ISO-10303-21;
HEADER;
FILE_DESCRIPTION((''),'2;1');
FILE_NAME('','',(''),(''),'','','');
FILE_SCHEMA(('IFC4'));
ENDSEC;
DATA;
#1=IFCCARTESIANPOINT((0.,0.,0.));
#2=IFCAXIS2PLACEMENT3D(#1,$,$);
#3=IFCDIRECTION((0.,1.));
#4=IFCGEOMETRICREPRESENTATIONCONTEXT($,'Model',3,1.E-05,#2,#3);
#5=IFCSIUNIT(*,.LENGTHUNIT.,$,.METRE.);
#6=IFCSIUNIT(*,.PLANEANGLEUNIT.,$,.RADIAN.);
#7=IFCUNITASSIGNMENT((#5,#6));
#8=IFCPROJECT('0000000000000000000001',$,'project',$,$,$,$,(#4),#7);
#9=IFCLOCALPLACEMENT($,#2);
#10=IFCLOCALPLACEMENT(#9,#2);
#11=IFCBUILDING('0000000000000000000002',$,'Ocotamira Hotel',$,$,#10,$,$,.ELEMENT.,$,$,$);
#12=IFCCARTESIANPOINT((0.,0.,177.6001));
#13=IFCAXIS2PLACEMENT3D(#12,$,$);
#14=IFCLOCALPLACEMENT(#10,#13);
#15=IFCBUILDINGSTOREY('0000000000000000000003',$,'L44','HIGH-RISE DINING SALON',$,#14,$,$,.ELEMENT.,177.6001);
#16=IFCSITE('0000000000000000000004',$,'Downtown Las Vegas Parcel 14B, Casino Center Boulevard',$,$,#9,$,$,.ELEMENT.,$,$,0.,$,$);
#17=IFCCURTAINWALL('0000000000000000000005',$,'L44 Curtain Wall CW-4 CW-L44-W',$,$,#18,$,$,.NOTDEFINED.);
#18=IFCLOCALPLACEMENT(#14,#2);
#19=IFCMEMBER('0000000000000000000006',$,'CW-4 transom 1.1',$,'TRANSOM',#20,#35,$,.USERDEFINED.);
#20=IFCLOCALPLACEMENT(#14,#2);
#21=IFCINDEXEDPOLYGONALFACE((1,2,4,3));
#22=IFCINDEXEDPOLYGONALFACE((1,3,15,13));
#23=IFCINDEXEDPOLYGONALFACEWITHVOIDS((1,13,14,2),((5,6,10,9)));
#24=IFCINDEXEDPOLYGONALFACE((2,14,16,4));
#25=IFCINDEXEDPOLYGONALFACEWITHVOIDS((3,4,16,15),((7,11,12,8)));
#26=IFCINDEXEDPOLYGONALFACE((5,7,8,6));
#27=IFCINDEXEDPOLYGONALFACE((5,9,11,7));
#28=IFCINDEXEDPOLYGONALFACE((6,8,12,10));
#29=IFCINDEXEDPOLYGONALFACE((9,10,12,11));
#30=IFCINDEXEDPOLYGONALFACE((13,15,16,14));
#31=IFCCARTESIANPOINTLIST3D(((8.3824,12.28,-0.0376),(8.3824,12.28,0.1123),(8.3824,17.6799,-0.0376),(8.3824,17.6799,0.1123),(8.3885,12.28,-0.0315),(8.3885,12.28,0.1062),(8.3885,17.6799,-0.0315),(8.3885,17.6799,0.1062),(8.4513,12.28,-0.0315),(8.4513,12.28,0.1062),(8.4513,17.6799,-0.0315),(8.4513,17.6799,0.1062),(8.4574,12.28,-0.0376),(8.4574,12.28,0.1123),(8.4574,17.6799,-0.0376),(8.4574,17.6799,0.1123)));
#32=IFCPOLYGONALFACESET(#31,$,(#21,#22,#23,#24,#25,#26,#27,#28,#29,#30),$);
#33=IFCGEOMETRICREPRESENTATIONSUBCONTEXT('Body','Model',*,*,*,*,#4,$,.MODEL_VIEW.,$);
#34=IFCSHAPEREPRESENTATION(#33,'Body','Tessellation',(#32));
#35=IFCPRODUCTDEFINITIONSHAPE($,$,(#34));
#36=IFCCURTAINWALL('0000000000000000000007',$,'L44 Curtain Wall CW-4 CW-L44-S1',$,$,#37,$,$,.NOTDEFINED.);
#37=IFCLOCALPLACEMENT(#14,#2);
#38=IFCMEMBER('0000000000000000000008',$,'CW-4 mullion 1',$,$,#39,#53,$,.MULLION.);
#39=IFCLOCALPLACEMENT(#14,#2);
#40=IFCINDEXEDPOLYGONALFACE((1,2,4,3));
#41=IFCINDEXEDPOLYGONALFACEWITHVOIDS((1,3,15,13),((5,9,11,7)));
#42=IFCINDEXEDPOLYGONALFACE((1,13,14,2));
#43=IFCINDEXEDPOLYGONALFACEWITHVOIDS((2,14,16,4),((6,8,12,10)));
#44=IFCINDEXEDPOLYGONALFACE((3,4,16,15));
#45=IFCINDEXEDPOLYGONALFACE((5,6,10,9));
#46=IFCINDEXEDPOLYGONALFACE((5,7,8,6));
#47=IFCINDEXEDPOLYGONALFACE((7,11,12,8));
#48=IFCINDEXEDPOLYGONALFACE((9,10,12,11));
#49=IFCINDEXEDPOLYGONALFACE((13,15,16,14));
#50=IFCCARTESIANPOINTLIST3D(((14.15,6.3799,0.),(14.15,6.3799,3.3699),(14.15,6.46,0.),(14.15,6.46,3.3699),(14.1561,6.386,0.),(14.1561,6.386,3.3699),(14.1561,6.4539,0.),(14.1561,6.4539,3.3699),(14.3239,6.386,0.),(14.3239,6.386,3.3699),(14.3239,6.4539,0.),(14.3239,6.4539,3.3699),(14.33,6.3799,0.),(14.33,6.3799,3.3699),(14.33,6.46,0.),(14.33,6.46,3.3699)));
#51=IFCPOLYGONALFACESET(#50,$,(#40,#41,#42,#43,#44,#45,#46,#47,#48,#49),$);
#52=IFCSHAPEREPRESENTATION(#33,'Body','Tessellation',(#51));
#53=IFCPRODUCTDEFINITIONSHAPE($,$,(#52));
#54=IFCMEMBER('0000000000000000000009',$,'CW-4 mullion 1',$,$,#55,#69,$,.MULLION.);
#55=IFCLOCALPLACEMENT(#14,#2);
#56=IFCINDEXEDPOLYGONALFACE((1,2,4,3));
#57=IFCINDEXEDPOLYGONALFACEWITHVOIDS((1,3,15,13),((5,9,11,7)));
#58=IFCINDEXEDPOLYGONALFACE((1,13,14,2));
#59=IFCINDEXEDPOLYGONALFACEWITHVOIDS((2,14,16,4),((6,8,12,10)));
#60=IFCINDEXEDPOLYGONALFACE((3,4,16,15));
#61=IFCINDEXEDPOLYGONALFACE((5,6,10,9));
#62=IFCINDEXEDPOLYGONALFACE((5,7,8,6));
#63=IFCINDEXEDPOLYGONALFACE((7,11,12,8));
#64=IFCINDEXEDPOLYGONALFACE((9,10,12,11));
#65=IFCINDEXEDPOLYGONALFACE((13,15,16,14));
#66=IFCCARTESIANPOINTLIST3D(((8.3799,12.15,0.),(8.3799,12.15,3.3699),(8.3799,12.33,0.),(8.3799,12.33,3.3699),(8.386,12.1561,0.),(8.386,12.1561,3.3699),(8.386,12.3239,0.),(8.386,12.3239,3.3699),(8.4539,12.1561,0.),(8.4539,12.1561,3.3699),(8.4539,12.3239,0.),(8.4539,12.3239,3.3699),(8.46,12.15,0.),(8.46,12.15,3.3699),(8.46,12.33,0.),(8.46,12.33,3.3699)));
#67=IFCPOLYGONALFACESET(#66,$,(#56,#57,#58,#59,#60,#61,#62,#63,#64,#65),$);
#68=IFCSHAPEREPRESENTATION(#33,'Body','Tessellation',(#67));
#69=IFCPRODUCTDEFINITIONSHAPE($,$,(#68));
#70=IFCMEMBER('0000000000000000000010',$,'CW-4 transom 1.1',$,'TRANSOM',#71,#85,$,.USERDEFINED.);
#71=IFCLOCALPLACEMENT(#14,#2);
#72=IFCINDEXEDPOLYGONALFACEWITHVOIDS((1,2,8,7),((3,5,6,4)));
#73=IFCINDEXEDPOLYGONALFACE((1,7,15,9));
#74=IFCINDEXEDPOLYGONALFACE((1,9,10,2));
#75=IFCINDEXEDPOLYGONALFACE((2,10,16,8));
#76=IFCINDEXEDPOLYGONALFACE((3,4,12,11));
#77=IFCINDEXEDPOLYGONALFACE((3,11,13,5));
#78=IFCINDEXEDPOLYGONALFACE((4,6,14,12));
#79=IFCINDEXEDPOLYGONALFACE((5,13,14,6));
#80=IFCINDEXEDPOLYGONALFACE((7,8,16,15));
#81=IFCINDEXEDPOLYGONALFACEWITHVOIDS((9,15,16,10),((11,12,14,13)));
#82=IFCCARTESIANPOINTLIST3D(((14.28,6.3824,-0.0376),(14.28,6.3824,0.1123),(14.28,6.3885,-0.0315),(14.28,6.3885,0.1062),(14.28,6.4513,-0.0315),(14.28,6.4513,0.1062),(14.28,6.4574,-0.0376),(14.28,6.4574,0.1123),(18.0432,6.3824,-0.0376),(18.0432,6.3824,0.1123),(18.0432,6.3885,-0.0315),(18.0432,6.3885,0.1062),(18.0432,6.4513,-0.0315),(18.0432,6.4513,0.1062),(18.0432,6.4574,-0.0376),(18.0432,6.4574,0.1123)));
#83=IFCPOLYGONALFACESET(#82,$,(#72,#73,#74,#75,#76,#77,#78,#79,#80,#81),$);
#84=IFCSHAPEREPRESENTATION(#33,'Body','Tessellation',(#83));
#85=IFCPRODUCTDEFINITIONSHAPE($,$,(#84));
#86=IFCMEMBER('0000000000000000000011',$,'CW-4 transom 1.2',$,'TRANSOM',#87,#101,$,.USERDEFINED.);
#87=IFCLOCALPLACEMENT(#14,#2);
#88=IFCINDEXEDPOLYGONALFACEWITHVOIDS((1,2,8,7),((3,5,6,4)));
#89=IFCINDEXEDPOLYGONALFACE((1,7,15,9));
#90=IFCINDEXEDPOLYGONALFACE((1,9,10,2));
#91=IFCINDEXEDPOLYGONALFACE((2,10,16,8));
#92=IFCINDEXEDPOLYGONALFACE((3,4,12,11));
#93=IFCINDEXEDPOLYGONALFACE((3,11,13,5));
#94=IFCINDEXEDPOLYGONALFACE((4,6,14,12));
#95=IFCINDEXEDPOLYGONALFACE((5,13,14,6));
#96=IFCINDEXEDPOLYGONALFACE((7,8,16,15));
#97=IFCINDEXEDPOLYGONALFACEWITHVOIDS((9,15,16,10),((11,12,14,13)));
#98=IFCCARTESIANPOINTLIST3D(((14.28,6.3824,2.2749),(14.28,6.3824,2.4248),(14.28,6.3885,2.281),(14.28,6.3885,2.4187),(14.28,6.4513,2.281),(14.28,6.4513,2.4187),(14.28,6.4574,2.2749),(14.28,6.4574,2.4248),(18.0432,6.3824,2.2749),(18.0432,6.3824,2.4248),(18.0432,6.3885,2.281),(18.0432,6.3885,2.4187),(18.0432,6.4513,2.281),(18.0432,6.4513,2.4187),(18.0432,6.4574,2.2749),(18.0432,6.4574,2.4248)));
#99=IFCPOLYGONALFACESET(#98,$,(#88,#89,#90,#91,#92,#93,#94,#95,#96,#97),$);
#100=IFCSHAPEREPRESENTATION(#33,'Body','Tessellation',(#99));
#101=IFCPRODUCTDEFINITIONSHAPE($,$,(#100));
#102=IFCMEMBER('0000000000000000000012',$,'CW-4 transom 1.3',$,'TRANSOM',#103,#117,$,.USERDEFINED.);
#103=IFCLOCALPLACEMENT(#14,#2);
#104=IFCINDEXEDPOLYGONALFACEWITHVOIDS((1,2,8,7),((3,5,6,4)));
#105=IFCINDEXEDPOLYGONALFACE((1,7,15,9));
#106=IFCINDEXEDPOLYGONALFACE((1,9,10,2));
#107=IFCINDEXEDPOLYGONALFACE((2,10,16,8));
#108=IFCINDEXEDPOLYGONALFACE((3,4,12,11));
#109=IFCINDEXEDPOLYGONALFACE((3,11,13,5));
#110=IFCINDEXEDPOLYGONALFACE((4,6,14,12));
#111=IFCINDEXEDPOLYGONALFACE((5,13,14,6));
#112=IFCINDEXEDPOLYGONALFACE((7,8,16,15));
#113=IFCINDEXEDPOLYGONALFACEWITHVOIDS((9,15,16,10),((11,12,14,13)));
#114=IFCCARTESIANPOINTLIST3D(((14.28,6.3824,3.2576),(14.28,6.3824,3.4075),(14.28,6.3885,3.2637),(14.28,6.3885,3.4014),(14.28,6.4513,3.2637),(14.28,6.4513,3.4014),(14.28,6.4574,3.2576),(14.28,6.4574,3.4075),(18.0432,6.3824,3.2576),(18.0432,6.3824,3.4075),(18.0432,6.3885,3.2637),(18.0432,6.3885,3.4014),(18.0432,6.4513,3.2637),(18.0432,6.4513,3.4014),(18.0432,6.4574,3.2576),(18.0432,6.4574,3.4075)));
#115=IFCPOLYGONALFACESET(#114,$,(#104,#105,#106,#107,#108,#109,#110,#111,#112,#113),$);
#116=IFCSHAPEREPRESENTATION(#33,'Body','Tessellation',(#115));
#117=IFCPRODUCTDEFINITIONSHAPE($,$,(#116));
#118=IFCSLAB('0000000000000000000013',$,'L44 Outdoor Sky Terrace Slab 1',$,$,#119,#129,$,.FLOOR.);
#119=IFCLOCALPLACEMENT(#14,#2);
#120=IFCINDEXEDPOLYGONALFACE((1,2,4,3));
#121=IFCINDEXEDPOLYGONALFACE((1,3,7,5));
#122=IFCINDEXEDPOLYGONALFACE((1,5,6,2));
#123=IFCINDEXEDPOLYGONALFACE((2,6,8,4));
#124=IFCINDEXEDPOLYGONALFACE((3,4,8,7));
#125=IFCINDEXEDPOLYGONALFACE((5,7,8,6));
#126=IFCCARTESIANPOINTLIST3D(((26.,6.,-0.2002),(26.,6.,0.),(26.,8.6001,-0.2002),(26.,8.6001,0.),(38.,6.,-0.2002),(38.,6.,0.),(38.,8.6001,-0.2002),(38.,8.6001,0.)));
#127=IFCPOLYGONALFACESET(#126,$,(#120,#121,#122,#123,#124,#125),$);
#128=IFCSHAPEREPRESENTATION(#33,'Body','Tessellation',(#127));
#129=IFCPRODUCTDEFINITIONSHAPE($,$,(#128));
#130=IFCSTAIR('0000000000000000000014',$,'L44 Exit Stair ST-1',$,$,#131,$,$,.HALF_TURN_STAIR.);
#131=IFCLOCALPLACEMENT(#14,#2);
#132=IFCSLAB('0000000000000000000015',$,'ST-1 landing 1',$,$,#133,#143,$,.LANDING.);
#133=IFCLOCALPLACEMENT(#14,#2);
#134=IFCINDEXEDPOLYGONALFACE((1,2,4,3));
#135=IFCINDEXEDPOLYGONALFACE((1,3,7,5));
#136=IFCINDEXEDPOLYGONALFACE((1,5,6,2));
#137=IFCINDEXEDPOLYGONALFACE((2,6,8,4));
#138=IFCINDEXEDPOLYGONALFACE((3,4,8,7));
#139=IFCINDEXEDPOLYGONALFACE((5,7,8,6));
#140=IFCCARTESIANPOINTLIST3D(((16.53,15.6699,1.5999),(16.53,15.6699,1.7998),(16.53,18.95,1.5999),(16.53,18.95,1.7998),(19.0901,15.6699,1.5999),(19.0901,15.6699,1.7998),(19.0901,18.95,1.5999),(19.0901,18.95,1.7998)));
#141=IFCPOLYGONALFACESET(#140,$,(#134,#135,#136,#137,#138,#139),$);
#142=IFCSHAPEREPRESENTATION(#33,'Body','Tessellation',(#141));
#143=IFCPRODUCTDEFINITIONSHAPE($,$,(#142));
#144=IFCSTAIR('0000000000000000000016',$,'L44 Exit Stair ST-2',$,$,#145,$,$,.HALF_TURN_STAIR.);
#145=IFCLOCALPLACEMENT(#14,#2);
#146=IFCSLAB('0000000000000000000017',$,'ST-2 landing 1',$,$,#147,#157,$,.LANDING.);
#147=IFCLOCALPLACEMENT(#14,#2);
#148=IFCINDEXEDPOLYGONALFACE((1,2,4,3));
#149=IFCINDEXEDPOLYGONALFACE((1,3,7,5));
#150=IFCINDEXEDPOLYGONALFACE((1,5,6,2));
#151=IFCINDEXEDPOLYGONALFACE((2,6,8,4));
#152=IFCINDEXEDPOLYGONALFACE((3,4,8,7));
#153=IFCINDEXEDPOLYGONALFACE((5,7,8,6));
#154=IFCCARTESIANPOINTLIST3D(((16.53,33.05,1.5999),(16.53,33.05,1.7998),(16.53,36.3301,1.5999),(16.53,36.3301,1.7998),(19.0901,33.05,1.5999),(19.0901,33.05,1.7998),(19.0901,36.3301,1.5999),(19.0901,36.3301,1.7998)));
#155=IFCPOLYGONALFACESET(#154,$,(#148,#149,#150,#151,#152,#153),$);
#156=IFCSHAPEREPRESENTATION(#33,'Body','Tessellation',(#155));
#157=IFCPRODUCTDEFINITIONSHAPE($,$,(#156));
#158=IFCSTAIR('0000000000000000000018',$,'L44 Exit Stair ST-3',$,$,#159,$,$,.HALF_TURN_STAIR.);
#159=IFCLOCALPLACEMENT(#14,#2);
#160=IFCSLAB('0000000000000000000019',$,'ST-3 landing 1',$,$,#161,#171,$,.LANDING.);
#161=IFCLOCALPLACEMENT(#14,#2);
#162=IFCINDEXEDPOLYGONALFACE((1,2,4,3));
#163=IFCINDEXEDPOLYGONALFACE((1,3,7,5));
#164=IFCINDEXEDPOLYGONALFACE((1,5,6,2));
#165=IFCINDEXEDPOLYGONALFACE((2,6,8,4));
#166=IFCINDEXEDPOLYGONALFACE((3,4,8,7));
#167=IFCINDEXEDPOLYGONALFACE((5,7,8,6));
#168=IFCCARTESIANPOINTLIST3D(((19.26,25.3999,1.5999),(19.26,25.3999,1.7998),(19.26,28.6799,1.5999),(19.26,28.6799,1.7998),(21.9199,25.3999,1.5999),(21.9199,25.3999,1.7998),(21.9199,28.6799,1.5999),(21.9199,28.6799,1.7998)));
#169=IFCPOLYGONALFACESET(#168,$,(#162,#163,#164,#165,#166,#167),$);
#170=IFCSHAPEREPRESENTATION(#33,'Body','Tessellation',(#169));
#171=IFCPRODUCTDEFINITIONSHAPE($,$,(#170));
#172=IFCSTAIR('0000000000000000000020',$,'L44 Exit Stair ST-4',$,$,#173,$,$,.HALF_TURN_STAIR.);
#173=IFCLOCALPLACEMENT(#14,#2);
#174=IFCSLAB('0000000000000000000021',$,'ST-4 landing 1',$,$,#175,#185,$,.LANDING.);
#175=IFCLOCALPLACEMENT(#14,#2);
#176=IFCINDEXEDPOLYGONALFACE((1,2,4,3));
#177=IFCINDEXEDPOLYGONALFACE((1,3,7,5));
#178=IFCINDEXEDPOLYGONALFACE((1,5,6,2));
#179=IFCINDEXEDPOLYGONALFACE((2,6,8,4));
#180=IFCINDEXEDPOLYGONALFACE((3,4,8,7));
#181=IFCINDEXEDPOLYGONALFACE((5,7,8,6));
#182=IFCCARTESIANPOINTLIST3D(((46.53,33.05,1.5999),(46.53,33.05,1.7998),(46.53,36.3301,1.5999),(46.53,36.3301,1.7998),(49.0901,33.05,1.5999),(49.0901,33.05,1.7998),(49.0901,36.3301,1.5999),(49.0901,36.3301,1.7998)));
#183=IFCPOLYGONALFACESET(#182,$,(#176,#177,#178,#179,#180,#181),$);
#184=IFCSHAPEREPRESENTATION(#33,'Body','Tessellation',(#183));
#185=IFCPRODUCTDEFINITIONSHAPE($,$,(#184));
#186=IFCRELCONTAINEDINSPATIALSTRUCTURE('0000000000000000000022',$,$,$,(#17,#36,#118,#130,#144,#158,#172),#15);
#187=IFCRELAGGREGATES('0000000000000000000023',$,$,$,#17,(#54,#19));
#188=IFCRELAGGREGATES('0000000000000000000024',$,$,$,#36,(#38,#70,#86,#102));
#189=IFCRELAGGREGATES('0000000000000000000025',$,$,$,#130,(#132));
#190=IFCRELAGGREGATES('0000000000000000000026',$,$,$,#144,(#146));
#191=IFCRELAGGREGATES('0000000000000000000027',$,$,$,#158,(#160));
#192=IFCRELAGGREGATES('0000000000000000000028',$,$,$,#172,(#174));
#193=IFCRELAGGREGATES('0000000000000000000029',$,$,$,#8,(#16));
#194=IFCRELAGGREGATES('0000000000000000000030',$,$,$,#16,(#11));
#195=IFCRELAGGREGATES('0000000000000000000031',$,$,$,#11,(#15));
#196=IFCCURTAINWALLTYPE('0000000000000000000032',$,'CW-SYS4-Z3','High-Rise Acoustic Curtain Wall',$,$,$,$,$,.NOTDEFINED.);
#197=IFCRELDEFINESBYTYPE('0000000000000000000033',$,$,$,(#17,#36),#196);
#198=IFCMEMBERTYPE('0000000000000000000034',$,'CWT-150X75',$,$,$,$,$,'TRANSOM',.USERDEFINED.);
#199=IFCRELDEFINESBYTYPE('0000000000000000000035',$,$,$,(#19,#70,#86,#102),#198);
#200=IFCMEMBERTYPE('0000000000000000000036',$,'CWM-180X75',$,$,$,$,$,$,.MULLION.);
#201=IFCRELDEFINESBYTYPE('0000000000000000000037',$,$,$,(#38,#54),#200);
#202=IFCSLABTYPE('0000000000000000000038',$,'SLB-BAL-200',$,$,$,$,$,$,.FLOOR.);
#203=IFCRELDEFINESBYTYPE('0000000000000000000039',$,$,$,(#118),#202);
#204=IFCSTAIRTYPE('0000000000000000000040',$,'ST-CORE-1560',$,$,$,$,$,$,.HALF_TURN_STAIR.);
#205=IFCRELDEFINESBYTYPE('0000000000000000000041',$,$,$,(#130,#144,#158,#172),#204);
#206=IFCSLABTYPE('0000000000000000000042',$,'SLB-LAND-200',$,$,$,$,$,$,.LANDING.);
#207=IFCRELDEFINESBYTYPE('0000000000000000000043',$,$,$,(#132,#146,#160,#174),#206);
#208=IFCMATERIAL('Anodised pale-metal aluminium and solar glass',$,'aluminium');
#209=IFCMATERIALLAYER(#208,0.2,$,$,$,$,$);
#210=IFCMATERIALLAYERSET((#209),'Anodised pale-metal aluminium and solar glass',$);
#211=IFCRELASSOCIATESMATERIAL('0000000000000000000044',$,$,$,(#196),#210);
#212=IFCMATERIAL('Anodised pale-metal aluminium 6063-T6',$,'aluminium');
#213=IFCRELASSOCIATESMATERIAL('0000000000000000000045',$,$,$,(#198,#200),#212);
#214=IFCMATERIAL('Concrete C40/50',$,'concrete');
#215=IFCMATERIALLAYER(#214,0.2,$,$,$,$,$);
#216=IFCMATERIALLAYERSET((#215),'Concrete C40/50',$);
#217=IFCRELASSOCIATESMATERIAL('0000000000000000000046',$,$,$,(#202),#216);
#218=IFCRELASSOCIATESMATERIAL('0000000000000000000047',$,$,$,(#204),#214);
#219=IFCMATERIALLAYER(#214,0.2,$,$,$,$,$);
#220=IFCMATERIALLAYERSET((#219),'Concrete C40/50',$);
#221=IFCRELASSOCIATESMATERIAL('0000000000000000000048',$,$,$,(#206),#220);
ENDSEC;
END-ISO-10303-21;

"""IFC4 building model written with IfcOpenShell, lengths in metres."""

from ifc_helpers import new_model, si_unit, direction, frame, origin, origin_2d, place, context, subcontext, project, spatial, polyline, hollow_rectangle, outline, extrude, source, transform, mapped, material, layer, layer_set, material_profile, profile_set, type_object, element, aggregate, save


model = new_model("IFC4")

# Units and contexts
model_context = context("Model", 3, precision=1e-05, world=origin(), true_north=direction((0.0, 1.0)))
body_context = subcontext(model_context, "Body", "Model", "MODEL_VIEW")
ifc_project = project(units=[si_unit("LENGTHUNIT", "METRE"), si_unit("PLANEANGLEUNIT", "RADIAN")], contexts=[model_context])

# Site, building, storey
site_placement = place(None, origin())
site = spatial("IfcSite", under=ifc_project, at=site_placement, Name="Downtown Las Vegas Parcel 14B, Casino Center Boulevard", CompositionType="ELEMENT", RefElevation=0.0)
building_placement = place(site_placement, origin())
building = spatial("IfcBuilding", under=site, at=building_placement, Name="Ocotamira Hotel", CompositionType="ELEMENT")
storey_placement = place(building_placement, frame((0.0, 0.0, 177.6001)))
storey = spatial("IfcBuildingStorey", under=building, at=storey_placement, Name="L44", Description="HIGH-RISE DINING SALON", CompositionType="ELEMENT", Elevation=177.6001)

# Curtain walls, members
ifc_material_1 = material(Name="Anodised pale-metal aluminium and solar glass", Category="aluminium")
ifc_layer_1 = layer(ifc_material_1, 0.2)
ifc_layer_set_1 = layer_set([ifc_layer_1], Name="Anodised pale-metal aluminium and solar glass")
curtain_wall_type = type_object("IfcCurtainWallType", Name="CW-SYS4-Z3", Description="High-Rise Acoustic Curtain Wall", PredefinedType="NOTDEFINED", material=ifc_layer_set_1)
curtain_wall_1_placement = place(storey_placement, origin())
curtain_wall_1 = element("IfcCurtainWall", 1, at=curtain_wall_1_placement, inside=storey, type_object=curtain_wall_type, Name="L44 Curtain Wall CW-4 CW-L44-W", PredefinedType="NOTDEFINED")
ifc_material_2 = material(Name="Anodised pale-metal aluminium 6063-T6", Category="aluminium")
ifc_material_profile_1 = material_profile(ifc_material_2, hollow_rectangle(XDim=0.075, YDim=0.1499, WallThickness=0.0061, at=origin_2d()), Name="HSS150X75X6")
ifc_profile_set_1 = profile_set([ifc_material_profile_1], Name="Anodised pale-metal aluminium 6063-T6")
member_type_1 = type_object("IfcMemberType", Name="CWT-150X75", ElementType="TRANSOM", PredefinedType="USERDEFINED", material=ifc_profile_set_1)
shared_shape_1 = source(origin(), body_context, "Body", "SweptSolid", [
    extrude(hollow_rectangle(XDim=0.075, YDim=0.1499, WallThickness=0.0061, at=origin_2d()), origin(), (0.0, 0.0, 1.0), 5.3999),
])
member_1_placement = place(storey_placement, frame((8.4199, 12.28, 0.0374), z_axis=(0.0, 1.0, 0.0), x_axis=(-1.0, 0.0, 0.0)))
member_1 = element("IfcMember", 2, at=member_1_placement, type_object=member_type_1, Name="CW-4 transom 1.1", ObjectType="TRANSOM", PredefinedType="USERDEFINED", context=body_context, shape_type="MappedRepresentation", body=[
    mapped(shared_shape_1, transform((0.0, 0.0, 0.0), scale=1.0)),
])
curtain_wall_2_placement = place(storey_placement, origin())
curtain_wall_2 = element("IfcCurtainWall", 3, at=curtain_wall_2_placement, inside=storey, type_object=curtain_wall_type, Name="L44 Curtain Wall CW-4 CW-L44-S1", PredefinedType="NOTDEFINED")
ifc_material_profile_2 = material_profile(ifc_material_2, hollow_rectangle(XDim=0.0801, YDim=0.1799, WallThickness=0.0061, at=origin_2d()), Name="HSS180X80X6")
ifc_profile_set_2 = profile_set([ifc_material_profile_2], Name="Anodised pale-metal aluminium 6063-T6")
member_type_2 = type_object("IfcMemberType", Name="CWM-180X75", PredefinedType="MULLION", material=ifc_profile_set_2)
shared_shape_2 = source(origin(), body_context, "Body", "SweptSolid", [
    extrude(hollow_rectangle(XDim=0.0801, YDim=0.1799, WallThickness=0.0061, at=origin_2d()), origin(), (0.0, 0.0, 1.0), 3.3699),
])
member_2_placement = place(storey_placement, frame((14.24, 6.4199, 0.0), z_axis=(0.0, 0.0, 1.0), x_axis=(0.0, 1.0, 0.0)))
member_2 = element("IfcMember", 4, at=member_2_placement, type_object=member_type_2, Name="CW-4 mullion 1", PredefinedType="MULLION", context=body_context, shape_type="MappedRepresentation", body=[
    mapped(shared_shape_2, transform((0.0, 0.0, 0.0), scale=1.0)),
])

# Members
member_3_placement = place(storey_placement, frame((8.4199, 12.24, 0.0), z_axis=(0.0, 0.0, 1.0), x_axis=(-1.0, 0.0, 0.0)))
member_3 = element("IfcMember", 5, at=member_3_placement, type_object=member_type_2, Name="CW-4 mullion 1", PredefinedType="MULLION", context=body_context, shape_type="MappedRepresentation", body=[
    mapped(shared_shape_2, transform((0.0, 0.0, 0.0), scale=1.0)),
])
aggregate(curtain_wall_1, [member_3, member_1])
shared_shape_3 = source(origin(), body_context, "Body", "SweptSolid", [
    extrude(hollow_rectangle(XDim=0.075, YDim=0.1499, WallThickness=0.0061, at=origin_2d()), origin(), (0.0, 0.0, 1.0), 3.7632),
])
member_4_placement = place(storey_placement, frame((14.28, 6.4199, 0.0374), z_axis=(1.0, 0.0, 0.0), x_axis=(0.0, 1.0, 0.0)))
member_4 = element("IfcMember", 6, at=member_4_placement, type_object=member_type_1, Name="CW-4 transom 1.1", ObjectType="TRANSOM", PredefinedType="USERDEFINED", context=body_context, shape_type="MappedRepresentation", body=[
    mapped(shared_shape_3, transform((0.0, 0.0, 0.0), scale=1.0)),
])
member_5_placement = place(storey_placement, frame((14.28, 6.4199, 2.3499), z_axis=(1.0, 0.0, 0.0), x_axis=(0.0, 1.0, 0.0)))
member_5 = element("IfcMember", 7, at=member_5_placement, type_object=member_type_1, Name="CW-4 transom 1.2", ObjectType="TRANSOM", PredefinedType="USERDEFINED", context=body_context, shape_type="MappedRepresentation", body=[
    mapped(shared_shape_3, transform((0.0, 0.0, 0.0), scale=1.0)),
])
member_6_placement = place(storey_placement, frame((14.28, 6.4199, 3.3325), z_axis=(1.0, 0.0, 0.0), x_axis=(0.0, 1.0, 0.0)))
member_6 = element("IfcMember", 8, at=member_6_placement, type_object=member_type_1, Name="CW-4 transom 1.3", ObjectType="TRANSOM", PredefinedType="USERDEFINED", context=body_context, shape_type="MappedRepresentation", body=[
    mapped(shared_shape_3, transform((0.0, 0.0, 0.0), scale=1.0)),
])
aggregate(curtain_wall_2, [member_2, member_4, member_5, member_6])

# Slab
ifc_material_3 = material(Name="Concrete C40/50", Category="concrete")
ifc_layer_2 = layer(ifc_material_3, 0.2)
ifc_layer_set_2 = layer_set([ifc_layer_2], Name="Concrete C40/50")
slab_type_1 = type_object("IfcSlabType", Name="SLB-BAL-200", PredefinedType="FLOOR", material=ifc_layer_set_2)
slab_1_placement = place(storey_placement, frame((0.0, 0.0, -0.2002)))
element("IfcSlab", 9, at=slab_1_placement, inside=storey, type_object=slab_type_1, Name="L44 Outdoor Sky Terrace Slab 1", PredefinedType="FLOOR", context=body_context, shape_type="SweptSolid", body=[
    extrude(outline(polyline([(26.0, 6.0), (38.0, 6.0), (38.0, 8.6001), (26.0, 8.6001), (26.0, 6.0)])), origin(), (0.0, 0.0, 1.0), 0.2002),
])

# Stairs, slabs
stair_type = type_object("IfcStairType", Name="ST-CORE-1560", PredefinedType="HALF_TURN_STAIR", material=ifc_material_3)
stair_1_placement = place(storey_placement, origin())
stair_1 = element("IfcStair", 10, at=stair_1_placement, inside=storey, type_object=stair_type, Name="L44 Exit Stair ST-1", PredefinedType="HALF_TURN_STAIR")
ifc_layer_3 = layer(ifc_material_3, 0.2)
ifc_layer_set_3 = layer_set([ifc_layer_3], Name="Concrete C40/50")
slab_type_2 = type_object("IfcSlabType", Name="SLB-LAND-200", PredefinedType="LANDING", material=ifc_layer_set_3)
slab_2_placement = place(storey_placement, frame((0.0, 0.0, 1.5999)))
slab_2 = element("IfcSlab", 11, at=slab_2_placement, type_object=slab_type_2, Name="ST-1 landing 1", PredefinedType="LANDING", context=body_context, shape_type="SweptSolid", body=[
    extrude(outline(polyline([(16.53, 15.6699), (19.0901, 15.6699), (19.0901, 18.95), (16.53, 18.95), (16.53, 15.6699)])), origin(), (0.0, 0.0, 1.0), 0.2),
])
aggregate(stair_1, [slab_2])
stair_2_placement = place(storey_placement, origin())
stair_2 = element("IfcStair", 12, at=stair_2_placement, inside=storey, type_object=stair_type, Name="L44 Exit Stair ST-2", PredefinedType="HALF_TURN_STAIR")
slab_3_placement = place(storey_placement, frame((0.0, 0.0, 1.5999)))
slab_3 = element("IfcSlab", 13, at=slab_3_placement, type_object=slab_type_2, Name="ST-2 landing 1", PredefinedType="LANDING", context=body_context, shape_type="SweptSolid", body=[
    extrude(outline(polyline([(16.53, 33.05), (19.0901, 33.05), (19.0901, 36.3301), (16.53, 36.3301), (16.53, 33.05)])), origin(), (0.0, 0.0, 1.0), 0.2),
])
aggregate(stair_2, [slab_3])
stair_3_placement = place(storey_placement, origin())
stair_3 = element("IfcStair", 14, at=stair_3_placement, inside=storey, type_object=stair_type, Name="L44 Exit Stair ST-3", PredefinedType="HALF_TURN_STAIR")
slab_4_placement = place(storey_placement, frame((0.0, 0.0, 1.5999)))
slab_4 = element("IfcSlab", 15, at=slab_4_placement, type_object=slab_type_2, Name="ST-3 landing 1", PredefinedType="LANDING", context=body_context, shape_type="SweptSolid", body=[
    extrude(outline(polyline([(19.26, 25.3999), (21.9199, 25.3999), (21.9199, 28.6799), (19.26, 28.6799), (19.26, 25.3999)])), origin(), (0.0, 0.0, 1.0), 0.2),
])
aggregate(stair_3, [slab_4])
stair_4_placement = place(storey_placement, origin())
stair_4 = element("IfcStair", 16, at=stair_4_placement, inside=storey, type_object=stair_type, Name="L44 Exit Stair ST-4", PredefinedType="HALF_TURN_STAIR")
slab_5_placement = place(storey_placement, frame((0.0, 0.0, 1.5999)))
slab_5 = element("IfcSlab", 17, at=slab_5_placement, type_object=slab_type_2, Name="ST-4 landing 1", PredefinedType="LANDING", context=body_context, shape_type="SweptSolid", body=[
    extrude(outline(polyline([(46.53, 33.05), (49.0901, 33.05), (49.0901, 36.3301), (46.53, 36.3301), (46.53, 33.05)])), origin(), (0.0, 0.0, 1.0), 0.2),
])
aggregate(stair_4, [slab_5])

save(model, "model.ifc")
